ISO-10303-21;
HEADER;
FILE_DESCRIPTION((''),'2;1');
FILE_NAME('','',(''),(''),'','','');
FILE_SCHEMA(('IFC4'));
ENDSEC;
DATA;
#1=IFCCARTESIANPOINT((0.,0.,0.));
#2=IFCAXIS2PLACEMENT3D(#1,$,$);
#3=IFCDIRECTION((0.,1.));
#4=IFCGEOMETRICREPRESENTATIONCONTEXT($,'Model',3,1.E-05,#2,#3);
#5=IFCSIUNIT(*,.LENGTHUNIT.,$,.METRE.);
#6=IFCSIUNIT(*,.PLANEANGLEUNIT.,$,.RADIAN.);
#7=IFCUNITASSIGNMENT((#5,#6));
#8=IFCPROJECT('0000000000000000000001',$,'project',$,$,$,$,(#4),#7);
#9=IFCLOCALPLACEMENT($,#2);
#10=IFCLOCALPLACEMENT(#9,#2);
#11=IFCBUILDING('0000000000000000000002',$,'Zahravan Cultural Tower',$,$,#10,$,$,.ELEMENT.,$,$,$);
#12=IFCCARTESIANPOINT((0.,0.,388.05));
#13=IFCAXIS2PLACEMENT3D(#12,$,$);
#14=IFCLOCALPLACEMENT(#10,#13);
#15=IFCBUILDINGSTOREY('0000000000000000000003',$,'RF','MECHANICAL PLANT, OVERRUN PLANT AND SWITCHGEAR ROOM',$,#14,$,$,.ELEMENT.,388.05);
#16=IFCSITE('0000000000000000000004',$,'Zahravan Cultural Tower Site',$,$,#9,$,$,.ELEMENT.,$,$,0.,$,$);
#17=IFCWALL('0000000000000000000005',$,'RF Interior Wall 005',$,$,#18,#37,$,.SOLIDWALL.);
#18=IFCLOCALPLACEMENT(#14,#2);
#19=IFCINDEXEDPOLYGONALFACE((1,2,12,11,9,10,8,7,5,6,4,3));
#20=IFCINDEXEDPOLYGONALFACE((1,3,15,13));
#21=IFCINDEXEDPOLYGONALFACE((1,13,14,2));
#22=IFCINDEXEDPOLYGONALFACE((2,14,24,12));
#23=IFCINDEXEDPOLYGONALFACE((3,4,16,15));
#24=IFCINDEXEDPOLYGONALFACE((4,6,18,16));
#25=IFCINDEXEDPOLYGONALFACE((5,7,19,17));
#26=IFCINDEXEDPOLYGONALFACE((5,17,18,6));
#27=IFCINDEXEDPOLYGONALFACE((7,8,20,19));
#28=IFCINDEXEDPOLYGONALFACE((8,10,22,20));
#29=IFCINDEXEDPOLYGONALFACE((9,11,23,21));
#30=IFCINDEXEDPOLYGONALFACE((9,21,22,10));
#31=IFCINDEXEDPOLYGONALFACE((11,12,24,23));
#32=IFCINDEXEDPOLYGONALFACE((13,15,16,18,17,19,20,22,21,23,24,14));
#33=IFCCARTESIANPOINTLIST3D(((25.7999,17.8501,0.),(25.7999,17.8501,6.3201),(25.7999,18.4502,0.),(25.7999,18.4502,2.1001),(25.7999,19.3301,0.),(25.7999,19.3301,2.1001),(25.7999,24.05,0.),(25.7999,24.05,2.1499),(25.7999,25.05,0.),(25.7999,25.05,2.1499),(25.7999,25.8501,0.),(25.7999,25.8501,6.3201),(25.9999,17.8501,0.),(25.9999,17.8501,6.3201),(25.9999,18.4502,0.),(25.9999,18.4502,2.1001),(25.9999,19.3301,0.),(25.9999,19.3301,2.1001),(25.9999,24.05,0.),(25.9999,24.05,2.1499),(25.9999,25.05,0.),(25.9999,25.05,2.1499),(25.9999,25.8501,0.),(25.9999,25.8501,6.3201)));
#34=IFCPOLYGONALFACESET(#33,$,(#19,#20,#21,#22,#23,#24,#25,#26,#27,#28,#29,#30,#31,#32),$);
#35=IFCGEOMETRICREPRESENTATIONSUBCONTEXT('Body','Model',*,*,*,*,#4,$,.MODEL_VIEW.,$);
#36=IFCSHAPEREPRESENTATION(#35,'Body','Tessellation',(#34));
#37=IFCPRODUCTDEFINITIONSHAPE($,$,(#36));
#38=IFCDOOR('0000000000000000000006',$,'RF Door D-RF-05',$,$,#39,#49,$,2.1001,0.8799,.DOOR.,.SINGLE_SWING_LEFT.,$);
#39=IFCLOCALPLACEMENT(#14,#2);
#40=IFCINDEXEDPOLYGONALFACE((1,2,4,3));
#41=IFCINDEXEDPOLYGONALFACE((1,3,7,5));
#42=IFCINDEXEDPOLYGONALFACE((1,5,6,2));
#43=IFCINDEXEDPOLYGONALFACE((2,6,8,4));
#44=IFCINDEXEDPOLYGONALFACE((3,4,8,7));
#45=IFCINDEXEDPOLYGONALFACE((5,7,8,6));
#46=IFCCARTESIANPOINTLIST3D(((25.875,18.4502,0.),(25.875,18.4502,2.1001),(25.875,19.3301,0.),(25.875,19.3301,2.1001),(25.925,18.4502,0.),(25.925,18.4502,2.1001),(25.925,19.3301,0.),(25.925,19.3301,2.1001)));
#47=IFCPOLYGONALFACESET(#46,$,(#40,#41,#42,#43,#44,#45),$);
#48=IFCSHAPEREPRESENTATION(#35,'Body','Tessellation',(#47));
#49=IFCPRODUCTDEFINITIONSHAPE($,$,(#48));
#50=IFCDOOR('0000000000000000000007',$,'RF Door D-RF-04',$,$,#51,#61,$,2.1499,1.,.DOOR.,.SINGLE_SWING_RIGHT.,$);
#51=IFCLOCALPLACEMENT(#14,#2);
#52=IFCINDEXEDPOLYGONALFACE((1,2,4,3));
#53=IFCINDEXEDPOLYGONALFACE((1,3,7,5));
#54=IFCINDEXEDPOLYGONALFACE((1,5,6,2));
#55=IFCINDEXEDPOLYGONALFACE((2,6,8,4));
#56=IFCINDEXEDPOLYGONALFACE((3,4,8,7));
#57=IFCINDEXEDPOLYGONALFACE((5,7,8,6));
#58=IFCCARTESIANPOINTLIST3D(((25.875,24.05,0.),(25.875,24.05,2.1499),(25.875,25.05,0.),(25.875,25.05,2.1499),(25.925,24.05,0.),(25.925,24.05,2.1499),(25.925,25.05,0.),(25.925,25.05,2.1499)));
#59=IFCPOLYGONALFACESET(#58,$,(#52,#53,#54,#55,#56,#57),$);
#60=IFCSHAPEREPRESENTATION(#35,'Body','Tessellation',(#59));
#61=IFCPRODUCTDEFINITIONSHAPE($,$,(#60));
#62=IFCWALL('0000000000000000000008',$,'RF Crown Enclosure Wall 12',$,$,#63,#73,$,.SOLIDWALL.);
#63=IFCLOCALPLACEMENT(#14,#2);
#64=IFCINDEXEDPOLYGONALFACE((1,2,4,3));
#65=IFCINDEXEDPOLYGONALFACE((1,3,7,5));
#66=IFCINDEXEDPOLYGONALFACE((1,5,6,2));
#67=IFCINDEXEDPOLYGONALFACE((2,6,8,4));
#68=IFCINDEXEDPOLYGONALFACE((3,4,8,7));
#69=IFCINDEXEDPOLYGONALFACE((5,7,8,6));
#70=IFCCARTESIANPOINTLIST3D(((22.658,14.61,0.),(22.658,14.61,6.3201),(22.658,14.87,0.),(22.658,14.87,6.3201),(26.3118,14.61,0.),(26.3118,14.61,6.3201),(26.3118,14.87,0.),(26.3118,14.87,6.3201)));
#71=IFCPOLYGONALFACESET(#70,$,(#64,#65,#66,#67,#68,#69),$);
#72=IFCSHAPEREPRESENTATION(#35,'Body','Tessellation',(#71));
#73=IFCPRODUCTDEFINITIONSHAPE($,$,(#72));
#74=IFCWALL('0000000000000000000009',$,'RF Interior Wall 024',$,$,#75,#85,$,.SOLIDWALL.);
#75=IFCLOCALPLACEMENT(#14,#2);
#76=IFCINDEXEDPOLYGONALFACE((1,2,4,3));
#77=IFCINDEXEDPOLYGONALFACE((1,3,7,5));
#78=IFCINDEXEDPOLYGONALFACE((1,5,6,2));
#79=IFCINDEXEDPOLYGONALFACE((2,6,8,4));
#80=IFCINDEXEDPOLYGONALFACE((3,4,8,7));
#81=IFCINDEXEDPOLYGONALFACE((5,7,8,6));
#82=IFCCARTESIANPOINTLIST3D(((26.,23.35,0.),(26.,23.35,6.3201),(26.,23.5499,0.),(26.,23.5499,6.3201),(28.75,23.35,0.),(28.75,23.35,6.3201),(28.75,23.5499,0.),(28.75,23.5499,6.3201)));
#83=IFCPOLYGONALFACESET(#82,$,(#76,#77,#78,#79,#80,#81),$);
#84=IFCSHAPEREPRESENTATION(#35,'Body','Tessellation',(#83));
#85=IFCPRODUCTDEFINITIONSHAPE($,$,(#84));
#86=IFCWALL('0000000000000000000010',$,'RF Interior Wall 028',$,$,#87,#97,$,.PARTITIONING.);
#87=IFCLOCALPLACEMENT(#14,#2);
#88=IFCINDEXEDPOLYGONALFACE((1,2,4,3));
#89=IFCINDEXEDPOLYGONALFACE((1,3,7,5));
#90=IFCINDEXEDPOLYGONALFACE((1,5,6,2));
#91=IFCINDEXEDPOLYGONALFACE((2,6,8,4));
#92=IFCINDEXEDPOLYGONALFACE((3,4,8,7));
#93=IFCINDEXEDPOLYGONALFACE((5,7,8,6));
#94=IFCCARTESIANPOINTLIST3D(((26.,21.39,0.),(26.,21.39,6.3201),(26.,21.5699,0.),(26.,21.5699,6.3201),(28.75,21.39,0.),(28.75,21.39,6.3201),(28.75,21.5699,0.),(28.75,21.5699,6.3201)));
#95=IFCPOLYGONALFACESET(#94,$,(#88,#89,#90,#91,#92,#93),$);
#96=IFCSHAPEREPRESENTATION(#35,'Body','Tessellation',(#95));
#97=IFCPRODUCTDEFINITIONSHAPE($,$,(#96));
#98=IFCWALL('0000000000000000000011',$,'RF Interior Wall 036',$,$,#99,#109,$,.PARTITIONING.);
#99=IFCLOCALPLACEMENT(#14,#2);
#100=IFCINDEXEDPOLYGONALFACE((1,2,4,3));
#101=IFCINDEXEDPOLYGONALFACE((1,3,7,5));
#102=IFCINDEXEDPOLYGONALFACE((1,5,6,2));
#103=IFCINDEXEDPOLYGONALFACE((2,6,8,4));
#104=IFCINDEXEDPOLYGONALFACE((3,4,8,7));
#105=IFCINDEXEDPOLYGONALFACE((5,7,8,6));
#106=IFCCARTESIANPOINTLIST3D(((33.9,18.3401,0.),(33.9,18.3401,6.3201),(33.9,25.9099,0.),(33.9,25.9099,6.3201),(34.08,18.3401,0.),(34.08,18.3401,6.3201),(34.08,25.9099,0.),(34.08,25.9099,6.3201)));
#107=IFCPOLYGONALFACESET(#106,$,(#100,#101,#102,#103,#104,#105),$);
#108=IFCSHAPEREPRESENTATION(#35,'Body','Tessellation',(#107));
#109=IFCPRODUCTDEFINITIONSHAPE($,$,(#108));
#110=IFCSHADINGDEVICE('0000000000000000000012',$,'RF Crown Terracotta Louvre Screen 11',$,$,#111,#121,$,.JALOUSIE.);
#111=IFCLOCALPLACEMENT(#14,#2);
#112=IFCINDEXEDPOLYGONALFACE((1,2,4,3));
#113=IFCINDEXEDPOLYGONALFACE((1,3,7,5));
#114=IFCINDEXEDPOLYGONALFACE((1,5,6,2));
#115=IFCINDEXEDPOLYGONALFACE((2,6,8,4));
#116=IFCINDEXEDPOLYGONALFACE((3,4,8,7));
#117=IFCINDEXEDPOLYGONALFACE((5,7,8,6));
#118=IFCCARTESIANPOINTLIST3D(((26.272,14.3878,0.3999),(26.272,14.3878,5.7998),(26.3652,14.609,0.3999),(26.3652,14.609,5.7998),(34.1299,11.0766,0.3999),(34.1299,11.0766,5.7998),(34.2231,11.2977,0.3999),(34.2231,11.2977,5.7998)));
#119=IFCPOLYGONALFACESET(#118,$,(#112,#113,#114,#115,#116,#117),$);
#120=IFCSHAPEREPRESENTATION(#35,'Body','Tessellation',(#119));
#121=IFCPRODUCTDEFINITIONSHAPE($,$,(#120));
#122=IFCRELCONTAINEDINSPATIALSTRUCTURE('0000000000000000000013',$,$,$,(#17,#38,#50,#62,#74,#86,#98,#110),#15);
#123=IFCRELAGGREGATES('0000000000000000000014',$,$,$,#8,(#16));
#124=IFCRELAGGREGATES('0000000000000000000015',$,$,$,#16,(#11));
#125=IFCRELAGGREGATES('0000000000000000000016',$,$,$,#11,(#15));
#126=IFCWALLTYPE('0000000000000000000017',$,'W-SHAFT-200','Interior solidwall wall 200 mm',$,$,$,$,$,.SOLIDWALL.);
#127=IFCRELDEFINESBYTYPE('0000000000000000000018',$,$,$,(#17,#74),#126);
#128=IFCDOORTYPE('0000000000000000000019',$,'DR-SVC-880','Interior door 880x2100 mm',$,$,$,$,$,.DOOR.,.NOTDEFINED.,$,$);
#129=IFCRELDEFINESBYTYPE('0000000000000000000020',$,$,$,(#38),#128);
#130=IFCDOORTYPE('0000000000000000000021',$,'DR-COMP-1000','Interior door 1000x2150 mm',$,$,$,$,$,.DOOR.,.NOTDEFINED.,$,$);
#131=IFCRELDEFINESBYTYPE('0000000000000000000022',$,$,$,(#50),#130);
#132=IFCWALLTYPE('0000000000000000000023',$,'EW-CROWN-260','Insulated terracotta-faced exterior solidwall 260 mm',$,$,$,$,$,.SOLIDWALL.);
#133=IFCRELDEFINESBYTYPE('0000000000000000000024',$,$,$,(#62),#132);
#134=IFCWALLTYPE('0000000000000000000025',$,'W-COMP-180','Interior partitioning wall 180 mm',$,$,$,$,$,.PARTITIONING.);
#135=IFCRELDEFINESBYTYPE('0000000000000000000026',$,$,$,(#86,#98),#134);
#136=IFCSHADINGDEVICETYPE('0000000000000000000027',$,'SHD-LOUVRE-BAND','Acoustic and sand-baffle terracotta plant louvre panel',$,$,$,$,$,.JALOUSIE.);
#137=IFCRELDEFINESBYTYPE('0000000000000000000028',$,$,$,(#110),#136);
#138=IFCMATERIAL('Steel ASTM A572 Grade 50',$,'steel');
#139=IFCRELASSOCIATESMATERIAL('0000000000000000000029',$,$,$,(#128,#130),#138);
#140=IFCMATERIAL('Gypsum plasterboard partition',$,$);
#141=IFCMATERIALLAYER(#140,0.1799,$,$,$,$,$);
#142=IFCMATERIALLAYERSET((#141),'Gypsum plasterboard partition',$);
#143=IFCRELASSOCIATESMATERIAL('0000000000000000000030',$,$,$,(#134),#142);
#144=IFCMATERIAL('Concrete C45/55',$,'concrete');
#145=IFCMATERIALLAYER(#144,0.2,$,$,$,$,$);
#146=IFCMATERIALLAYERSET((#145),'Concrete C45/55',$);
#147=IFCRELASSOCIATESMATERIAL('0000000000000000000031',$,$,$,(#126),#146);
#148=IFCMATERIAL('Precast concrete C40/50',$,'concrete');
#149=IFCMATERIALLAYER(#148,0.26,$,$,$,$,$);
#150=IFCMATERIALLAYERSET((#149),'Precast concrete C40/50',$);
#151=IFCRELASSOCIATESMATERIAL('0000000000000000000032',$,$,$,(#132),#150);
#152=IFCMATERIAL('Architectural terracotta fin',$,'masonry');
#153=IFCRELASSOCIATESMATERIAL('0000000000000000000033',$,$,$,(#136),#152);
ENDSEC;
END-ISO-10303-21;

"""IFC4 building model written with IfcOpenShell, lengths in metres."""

from ifc_helpers import new_model, si_unit, direction, frame, frame_2d, origin, origin_2d, place, context, subcontext, project, spatial, rectangle, extrude, source, transform, mapped, material, layer, layer_set, type_object, element, fill, save


model = new_model("IFC4")

# Units and contexts
model_context = context("Model", 3, precision=1e-05, world=origin(), true_north=direction((0.0, 1.0)))
body_context = subcontext(model_context, "Body", "Model", "MODEL_VIEW")
ifc_project = project(units=[si_unit("LENGTHUNIT", "METRE"), si_unit("PLANEANGLEUNIT", "RADIAN")], contexts=[model_context])

# Site, building, storey
site_placement = place(None, origin())
site = spatial("IfcSite", under=ifc_project, at=site_placement, Name="Zahravan Cultural Tower Site", CompositionType="ELEMENT", RefElevation=0.0)
building_placement = place(site_placement, origin())
building = spatial("IfcBuilding", under=site, at=building_placement, Name="Zahravan Cultural Tower", CompositionType="ELEMENT")
storey_placement = place(building_placement, frame((0.0, 0.0, 388.05)))
storey = spatial("IfcBuildingStorey", under=building, at=storey_placement, Name="RF", Description="MECHANICAL PLANT, OVERRUN PLANT AND SWITCHGEAR ROOM", CompositionType="ELEMENT", Elevation=388.05)

# Shared definitions
ifc_material_1 = material(Name="Steel ASTM A572 Grade 50", Category="steel")

# Shared definitions
door_type_1 = type_object("IfcDoorType", Name="DR-SVC-880", Description="Interior door 880x2100 mm", OperationType="NOTDEFINED", PredefinedType="DOOR", material=ifc_material_1)
shared_shape_1 = source(origin(), body_context, "Body", "SweptSolid", [
    extrude(rectangle(XDim=0.8799, YDim=2.1001, at=frame_2d((0.4399, 1.05))), frame((0.0, 0.0249, 0.0), z_axis=(0.0, -1.0, 0.0), x_axis=(1.0, 0.0, 0.0)), (0.0, 0.0, 1.0), 0.05),
])

# Shared definitions
ifc_material_2 = material(Name="Gypsum plasterboard partition")
ifc_layer_1 = layer(ifc_material_2, 0.1799)
ifc_layer_set_1 = layer_set([ifc_layer_1], Name="Gypsum plasterboard partition")
wall_type_1 = type_object("IfcWallType", Name="W-COMP-180", Description="Interior partitioning wall 180 mm", PredefinedType="PARTITIONING", material=ifc_layer_set_1)
door_type_2 = type_object("IfcDoorType", Name="DR-COMP-1000", Description="Interior door 1000x2150 mm", OperationType="NOTDEFINED", PredefinedType="DOOR", material=ifc_material_1)
shared_shape_2 = source(origin(), body_context, "Body", "SweptSolid", [
    extrude(rectangle(XDim=1.0, YDim=2.1499, at=frame_2d((0.5, 1.075))), frame((0.0, 0.0249, 0.0), z_axis=(0.0, -1.0, 0.0), x_axis=(1.0, 0.0, 0.0)), (0.0, 0.0, 1.0), 0.05),
])

# Wall, openings, doors
ifc_material_3 = material(Name="Concrete C45/55", Category="concrete")
ifc_layer_2 = layer(ifc_material_3, 0.2)
ifc_layer_set_2 = layer_set([ifc_layer_2], Name="Concrete C45/55")
wall_type_2 = type_object("IfcWallType", Name="W-SHAFT-200", Description="Interior solidwall wall 200 mm", PredefinedType="SOLIDWALL", material=ifc_layer_set_2)
wall_1_placement = place(storey_placement, frame((25.8999, 17.8501, 0.0), z_axis=(0.0, 0.0, 1.0), x_axis=(0.0, 1.0, 0.0)))
wall_1 = element("IfcWall", 1, at=wall_1_placement, inside=storey, type_object=wall_type_2, Name="RF Interior Wall 005", PredefinedType="SOLIDWALL", context=body_context, shape_type="SweptSolid", body=[
    extrude(rectangle(XDim=8.0, YDim=0.2, at=frame_2d((4.0, 0.0))), origin(), (0.0, 0.0, 1.0), 6.3201),
])
opening_1_placement = place(wall_1_placement, frame((6.2, 0.0, 0.0)))
opening_1 = element("IfcOpeningElement", 2, at=opening_1_placement, cuts=wall_1, PredefinedType="OPENING", context=body_context, shape_type="SweptSolid", body=[
    extrude(rectangle(XDim=1.0, YDim=2.1499, at=frame_2d((0.5, 1.075))), frame((0.0, 0.1099, 0.0), z_axis=(0.0, -1.0, 0.0), x_axis=(1.0, 0.0, 0.0)), (0.0, 0.0, 1.0), 0.22),
])
opening_2_placement = place(wall_1_placement, frame((0.6001, 0.0, 0.0)))
opening_2 = element("IfcOpeningElement", 3, at=opening_2_placement, cuts=wall_1, PredefinedType="OPENING", context=body_context, shape_type="SweptSolid", body=[
    extrude(rectangle(XDim=0.8799, YDim=2.1001, at=frame_2d((0.4399, 1.05))), frame((0.0, 0.1099, 0.0), z_axis=(0.0, -1.0, 0.0), x_axis=(1.0, 0.0, 0.0)), (0.0, 0.0, 1.0), 0.22),
])
door_1_placement = place(opening_2_placement, origin())
door_1 = element("IfcDoor", 4, at=door_1_placement, inside=storey, type_object=door_type_1, Name="RF Door D-RF-05", OperationType="SINGLE_SWING_LEFT", OverallHeight=2.1001, OverallWidth=0.8799, PredefinedType="DOOR", context=body_context, shape_type="MappedRepresentation", body=[
    mapped(shared_shape_1, transform((0.0, 0.0, 0.0), x_axis=(1.0, 0.0, 0.0), y_axis=(0.0, 1.0, 0.0), z_axis=(0.0, 0.0, 1.0), scale=1.0)),
])
fill(opening_2, door_1)
door_2_placement = place(opening_1_placement, origin())
door_2 = element("IfcDoor", 5, at=door_2_placement, inside=storey, type_object=door_type_2, Name="RF Door D-RF-04", OperationType="SINGLE_SWING_RIGHT", OverallHeight=2.1499, OverallWidth=1.0, PredefinedType="DOOR", context=body_context, shape_type="MappedRepresentation", body=[
    mapped(shared_shape_2, transform((0.0, 0.0, 0.0), x_axis=(1.0, 0.0, 0.0), y_axis=(0.0, 1.0, 0.0), z_axis=(0.0, 0.0, 1.0), scale=1.0)),
])
fill(opening_1, door_2)

# Walls
ifc_material_4 = material(Name="Precast concrete C40/50", Category="concrete")
ifc_layer_3 = layer(ifc_material_4, 0.26)
ifc_layer_set_3 = layer_set([ifc_layer_3], Name="Precast concrete C40/50")
wall_type_3 = type_object("IfcWallType", Name="EW-CROWN-260", Description="Insulated terracotta-faced exterior solidwall 260 mm", PredefinedType="SOLIDWALL", material=ifc_layer_set_3)
shared_shape_3 = source(origin(), body_context, "Body", "SweptSolid", [
    extrude(rectangle(XDim=3.6538, YDim=0.26, at=frame_2d((1.8269, 0.0))), origin(), (0.0, 0.0, 1.0), 6.3201),
])
wall_2_placement = place(storey_placement, frame((26.3118, 14.74, 0.0), z_axis=(0.0, 0.0, 1.0), x_axis=(-1.0, 0.0, 0.0)))
element("IfcWall", 6, at=wall_2_placement, inside=storey, type_object=wall_type_3, Name="RF Crown Enclosure Wall 12", PredefinedType="SOLIDWALL", context=body_context, shape_type="MappedRepresentation", body=[
    mapped(shared_shape_3, transform((0.0, 0.0, 0.0), x_axis=(1.0, 0.0, 0.0), y_axis=(0.0, 1.0, 0.0), z_axis=(0.0, 0.0, 1.0), scale=1.0)),
])
shared_shape_4 = source(origin(), body_context, "Body", "SweptSolid", [
    extrude(rectangle(XDim=2.75, YDim=0.2, at=frame_2d((1.375, 0.0))), origin(), (0.0, 0.0, 1.0), 6.3201),
])
wall_3_placement = place(storey_placement, frame((26.0, 23.45, 0.0), z_axis=(0.0, 0.0, 1.0), x_axis=(1.0, 0.0, 0.0)))
element("IfcWall", 7, at=wall_3_placement, inside=storey, type_object=wall_type_2, Name="RF Interior Wall 024", PredefinedType="SOLIDWALL", context=body_context, shape_type="MappedRepresentation", body=[
    mapped(shared_shape_4, transform((0.0, 0.0, 0.0), x_axis=(1.0, 0.0, 0.0), y_axis=(0.0, 1.0, 0.0), z_axis=(0.0, 0.0, 1.0), scale=1.0)),
])
shared_shape_5 = source(origin(), body_context, "Body", "SweptSolid", [
    extrude(rectangle(XDim=2.75, YDim=0.1799, at=frame_2d((1.375, 0.0))), origin(), (0.0, 0.0, 1.0), 6.3201),
])
wall_4_placement = place(storey_placement, frame((26.0, 21.48, 0.0), z_axis=(0.0, 0.0, 1.0), x_axis=(1.0, 0.0, 0.0)))
element("IfcWall", 8, at=wall_4_placement, inside=storey, type_object=wall_type_1, Name="RF Interior Wall 028", PredefinedType="PARTITIONING", context=body_context, shape_type="MappedRepresentation", body=[
    mapped(shared_shape_5, transform((0.0, 0.0, 0.0), x_axis=(1.0, 0.0, 0.0), y_axis=(0.0, 1.0, 0.0), z_axis=(0.0, 0.0, 1.0), scale=1.0)),
])
shared_shape_6 = source(origin(), body_context, "Body", "SweptSolid", [
    extrude(rectangle(XDim=7.5698, YDim=0.1799, at=frame_2d((3.7849, 0.0))), origin(), (0.0, 0.0, 1.0), 6.3201),
])
wall_5_placement = place(storey_placement, frame((33.99, 18.3401, 0.0), z_axis=(0.0, 0.0, 1.0), x_axis=(0.0, 1.0, 0.0)))
element("IfcWall", 9, at=wall_5_placement, inside=storey, type_object=wall_type_1, Name="RF Interior Wall 036", PredefinedType="PARTITIONING", context=body_context, shape_type="MappedRepresentation", body=[
    mapped(shared_shape_6, transform((0.0, 0.0, 0.0), x_axis=(1.0, 0.0, 0.0), y_axis=(0.0, 1.0, 0.0), z_axis=(0.0, 0.0, 1.0), scale=1.0)),
])

# Shading device
ifc_material_5 = material(Name="Architectural terracotta fin", Category="masonry")
shading_device_type = type_object("IfcShadingDeviceType", Name="SHD-LOUVRE-BAND", Description="Acoustic and sand-baffle terracotta plant louvre panel", PredefinedType="JALOUSIE", material=ifc_material_5)
shared_shape_7 = source(origin(), body_context, "Body", "SweptSolid", [
    extrude(rectangle(XDim=8.5271, YDim=0.24, at=origin_2d()), origin(), (0.0, 0.0, 1.0), 5.3999),
])
shading_device_placement = place(storey_placement, frame((30.2476, 12.8428, 0.3999), z_axis=(0.0, 0.0, 1.0), x_axis=(-0.921525, 0.38832, 0.0)))
element("IfcShadingDevice", 10, at=shading_device_placement, inside=storey, type_object=shading_device_type, Name="RF Crown Terracotta Louvre Screen 11", PredefinedType="JALOUSIE", context=body_context, shape_type="MappedRepresentation", body=[
    mapped(shared_shape_7, transform((0.0, 0.0, 0.0), x_axis=(1.0, 0.0, 0.0), y_axis=(0.0, 1.0, 0.0), z_axis=(0.0, 0.0, 1.0), scale=1.0)),
])

save(model, "model.ifc")
